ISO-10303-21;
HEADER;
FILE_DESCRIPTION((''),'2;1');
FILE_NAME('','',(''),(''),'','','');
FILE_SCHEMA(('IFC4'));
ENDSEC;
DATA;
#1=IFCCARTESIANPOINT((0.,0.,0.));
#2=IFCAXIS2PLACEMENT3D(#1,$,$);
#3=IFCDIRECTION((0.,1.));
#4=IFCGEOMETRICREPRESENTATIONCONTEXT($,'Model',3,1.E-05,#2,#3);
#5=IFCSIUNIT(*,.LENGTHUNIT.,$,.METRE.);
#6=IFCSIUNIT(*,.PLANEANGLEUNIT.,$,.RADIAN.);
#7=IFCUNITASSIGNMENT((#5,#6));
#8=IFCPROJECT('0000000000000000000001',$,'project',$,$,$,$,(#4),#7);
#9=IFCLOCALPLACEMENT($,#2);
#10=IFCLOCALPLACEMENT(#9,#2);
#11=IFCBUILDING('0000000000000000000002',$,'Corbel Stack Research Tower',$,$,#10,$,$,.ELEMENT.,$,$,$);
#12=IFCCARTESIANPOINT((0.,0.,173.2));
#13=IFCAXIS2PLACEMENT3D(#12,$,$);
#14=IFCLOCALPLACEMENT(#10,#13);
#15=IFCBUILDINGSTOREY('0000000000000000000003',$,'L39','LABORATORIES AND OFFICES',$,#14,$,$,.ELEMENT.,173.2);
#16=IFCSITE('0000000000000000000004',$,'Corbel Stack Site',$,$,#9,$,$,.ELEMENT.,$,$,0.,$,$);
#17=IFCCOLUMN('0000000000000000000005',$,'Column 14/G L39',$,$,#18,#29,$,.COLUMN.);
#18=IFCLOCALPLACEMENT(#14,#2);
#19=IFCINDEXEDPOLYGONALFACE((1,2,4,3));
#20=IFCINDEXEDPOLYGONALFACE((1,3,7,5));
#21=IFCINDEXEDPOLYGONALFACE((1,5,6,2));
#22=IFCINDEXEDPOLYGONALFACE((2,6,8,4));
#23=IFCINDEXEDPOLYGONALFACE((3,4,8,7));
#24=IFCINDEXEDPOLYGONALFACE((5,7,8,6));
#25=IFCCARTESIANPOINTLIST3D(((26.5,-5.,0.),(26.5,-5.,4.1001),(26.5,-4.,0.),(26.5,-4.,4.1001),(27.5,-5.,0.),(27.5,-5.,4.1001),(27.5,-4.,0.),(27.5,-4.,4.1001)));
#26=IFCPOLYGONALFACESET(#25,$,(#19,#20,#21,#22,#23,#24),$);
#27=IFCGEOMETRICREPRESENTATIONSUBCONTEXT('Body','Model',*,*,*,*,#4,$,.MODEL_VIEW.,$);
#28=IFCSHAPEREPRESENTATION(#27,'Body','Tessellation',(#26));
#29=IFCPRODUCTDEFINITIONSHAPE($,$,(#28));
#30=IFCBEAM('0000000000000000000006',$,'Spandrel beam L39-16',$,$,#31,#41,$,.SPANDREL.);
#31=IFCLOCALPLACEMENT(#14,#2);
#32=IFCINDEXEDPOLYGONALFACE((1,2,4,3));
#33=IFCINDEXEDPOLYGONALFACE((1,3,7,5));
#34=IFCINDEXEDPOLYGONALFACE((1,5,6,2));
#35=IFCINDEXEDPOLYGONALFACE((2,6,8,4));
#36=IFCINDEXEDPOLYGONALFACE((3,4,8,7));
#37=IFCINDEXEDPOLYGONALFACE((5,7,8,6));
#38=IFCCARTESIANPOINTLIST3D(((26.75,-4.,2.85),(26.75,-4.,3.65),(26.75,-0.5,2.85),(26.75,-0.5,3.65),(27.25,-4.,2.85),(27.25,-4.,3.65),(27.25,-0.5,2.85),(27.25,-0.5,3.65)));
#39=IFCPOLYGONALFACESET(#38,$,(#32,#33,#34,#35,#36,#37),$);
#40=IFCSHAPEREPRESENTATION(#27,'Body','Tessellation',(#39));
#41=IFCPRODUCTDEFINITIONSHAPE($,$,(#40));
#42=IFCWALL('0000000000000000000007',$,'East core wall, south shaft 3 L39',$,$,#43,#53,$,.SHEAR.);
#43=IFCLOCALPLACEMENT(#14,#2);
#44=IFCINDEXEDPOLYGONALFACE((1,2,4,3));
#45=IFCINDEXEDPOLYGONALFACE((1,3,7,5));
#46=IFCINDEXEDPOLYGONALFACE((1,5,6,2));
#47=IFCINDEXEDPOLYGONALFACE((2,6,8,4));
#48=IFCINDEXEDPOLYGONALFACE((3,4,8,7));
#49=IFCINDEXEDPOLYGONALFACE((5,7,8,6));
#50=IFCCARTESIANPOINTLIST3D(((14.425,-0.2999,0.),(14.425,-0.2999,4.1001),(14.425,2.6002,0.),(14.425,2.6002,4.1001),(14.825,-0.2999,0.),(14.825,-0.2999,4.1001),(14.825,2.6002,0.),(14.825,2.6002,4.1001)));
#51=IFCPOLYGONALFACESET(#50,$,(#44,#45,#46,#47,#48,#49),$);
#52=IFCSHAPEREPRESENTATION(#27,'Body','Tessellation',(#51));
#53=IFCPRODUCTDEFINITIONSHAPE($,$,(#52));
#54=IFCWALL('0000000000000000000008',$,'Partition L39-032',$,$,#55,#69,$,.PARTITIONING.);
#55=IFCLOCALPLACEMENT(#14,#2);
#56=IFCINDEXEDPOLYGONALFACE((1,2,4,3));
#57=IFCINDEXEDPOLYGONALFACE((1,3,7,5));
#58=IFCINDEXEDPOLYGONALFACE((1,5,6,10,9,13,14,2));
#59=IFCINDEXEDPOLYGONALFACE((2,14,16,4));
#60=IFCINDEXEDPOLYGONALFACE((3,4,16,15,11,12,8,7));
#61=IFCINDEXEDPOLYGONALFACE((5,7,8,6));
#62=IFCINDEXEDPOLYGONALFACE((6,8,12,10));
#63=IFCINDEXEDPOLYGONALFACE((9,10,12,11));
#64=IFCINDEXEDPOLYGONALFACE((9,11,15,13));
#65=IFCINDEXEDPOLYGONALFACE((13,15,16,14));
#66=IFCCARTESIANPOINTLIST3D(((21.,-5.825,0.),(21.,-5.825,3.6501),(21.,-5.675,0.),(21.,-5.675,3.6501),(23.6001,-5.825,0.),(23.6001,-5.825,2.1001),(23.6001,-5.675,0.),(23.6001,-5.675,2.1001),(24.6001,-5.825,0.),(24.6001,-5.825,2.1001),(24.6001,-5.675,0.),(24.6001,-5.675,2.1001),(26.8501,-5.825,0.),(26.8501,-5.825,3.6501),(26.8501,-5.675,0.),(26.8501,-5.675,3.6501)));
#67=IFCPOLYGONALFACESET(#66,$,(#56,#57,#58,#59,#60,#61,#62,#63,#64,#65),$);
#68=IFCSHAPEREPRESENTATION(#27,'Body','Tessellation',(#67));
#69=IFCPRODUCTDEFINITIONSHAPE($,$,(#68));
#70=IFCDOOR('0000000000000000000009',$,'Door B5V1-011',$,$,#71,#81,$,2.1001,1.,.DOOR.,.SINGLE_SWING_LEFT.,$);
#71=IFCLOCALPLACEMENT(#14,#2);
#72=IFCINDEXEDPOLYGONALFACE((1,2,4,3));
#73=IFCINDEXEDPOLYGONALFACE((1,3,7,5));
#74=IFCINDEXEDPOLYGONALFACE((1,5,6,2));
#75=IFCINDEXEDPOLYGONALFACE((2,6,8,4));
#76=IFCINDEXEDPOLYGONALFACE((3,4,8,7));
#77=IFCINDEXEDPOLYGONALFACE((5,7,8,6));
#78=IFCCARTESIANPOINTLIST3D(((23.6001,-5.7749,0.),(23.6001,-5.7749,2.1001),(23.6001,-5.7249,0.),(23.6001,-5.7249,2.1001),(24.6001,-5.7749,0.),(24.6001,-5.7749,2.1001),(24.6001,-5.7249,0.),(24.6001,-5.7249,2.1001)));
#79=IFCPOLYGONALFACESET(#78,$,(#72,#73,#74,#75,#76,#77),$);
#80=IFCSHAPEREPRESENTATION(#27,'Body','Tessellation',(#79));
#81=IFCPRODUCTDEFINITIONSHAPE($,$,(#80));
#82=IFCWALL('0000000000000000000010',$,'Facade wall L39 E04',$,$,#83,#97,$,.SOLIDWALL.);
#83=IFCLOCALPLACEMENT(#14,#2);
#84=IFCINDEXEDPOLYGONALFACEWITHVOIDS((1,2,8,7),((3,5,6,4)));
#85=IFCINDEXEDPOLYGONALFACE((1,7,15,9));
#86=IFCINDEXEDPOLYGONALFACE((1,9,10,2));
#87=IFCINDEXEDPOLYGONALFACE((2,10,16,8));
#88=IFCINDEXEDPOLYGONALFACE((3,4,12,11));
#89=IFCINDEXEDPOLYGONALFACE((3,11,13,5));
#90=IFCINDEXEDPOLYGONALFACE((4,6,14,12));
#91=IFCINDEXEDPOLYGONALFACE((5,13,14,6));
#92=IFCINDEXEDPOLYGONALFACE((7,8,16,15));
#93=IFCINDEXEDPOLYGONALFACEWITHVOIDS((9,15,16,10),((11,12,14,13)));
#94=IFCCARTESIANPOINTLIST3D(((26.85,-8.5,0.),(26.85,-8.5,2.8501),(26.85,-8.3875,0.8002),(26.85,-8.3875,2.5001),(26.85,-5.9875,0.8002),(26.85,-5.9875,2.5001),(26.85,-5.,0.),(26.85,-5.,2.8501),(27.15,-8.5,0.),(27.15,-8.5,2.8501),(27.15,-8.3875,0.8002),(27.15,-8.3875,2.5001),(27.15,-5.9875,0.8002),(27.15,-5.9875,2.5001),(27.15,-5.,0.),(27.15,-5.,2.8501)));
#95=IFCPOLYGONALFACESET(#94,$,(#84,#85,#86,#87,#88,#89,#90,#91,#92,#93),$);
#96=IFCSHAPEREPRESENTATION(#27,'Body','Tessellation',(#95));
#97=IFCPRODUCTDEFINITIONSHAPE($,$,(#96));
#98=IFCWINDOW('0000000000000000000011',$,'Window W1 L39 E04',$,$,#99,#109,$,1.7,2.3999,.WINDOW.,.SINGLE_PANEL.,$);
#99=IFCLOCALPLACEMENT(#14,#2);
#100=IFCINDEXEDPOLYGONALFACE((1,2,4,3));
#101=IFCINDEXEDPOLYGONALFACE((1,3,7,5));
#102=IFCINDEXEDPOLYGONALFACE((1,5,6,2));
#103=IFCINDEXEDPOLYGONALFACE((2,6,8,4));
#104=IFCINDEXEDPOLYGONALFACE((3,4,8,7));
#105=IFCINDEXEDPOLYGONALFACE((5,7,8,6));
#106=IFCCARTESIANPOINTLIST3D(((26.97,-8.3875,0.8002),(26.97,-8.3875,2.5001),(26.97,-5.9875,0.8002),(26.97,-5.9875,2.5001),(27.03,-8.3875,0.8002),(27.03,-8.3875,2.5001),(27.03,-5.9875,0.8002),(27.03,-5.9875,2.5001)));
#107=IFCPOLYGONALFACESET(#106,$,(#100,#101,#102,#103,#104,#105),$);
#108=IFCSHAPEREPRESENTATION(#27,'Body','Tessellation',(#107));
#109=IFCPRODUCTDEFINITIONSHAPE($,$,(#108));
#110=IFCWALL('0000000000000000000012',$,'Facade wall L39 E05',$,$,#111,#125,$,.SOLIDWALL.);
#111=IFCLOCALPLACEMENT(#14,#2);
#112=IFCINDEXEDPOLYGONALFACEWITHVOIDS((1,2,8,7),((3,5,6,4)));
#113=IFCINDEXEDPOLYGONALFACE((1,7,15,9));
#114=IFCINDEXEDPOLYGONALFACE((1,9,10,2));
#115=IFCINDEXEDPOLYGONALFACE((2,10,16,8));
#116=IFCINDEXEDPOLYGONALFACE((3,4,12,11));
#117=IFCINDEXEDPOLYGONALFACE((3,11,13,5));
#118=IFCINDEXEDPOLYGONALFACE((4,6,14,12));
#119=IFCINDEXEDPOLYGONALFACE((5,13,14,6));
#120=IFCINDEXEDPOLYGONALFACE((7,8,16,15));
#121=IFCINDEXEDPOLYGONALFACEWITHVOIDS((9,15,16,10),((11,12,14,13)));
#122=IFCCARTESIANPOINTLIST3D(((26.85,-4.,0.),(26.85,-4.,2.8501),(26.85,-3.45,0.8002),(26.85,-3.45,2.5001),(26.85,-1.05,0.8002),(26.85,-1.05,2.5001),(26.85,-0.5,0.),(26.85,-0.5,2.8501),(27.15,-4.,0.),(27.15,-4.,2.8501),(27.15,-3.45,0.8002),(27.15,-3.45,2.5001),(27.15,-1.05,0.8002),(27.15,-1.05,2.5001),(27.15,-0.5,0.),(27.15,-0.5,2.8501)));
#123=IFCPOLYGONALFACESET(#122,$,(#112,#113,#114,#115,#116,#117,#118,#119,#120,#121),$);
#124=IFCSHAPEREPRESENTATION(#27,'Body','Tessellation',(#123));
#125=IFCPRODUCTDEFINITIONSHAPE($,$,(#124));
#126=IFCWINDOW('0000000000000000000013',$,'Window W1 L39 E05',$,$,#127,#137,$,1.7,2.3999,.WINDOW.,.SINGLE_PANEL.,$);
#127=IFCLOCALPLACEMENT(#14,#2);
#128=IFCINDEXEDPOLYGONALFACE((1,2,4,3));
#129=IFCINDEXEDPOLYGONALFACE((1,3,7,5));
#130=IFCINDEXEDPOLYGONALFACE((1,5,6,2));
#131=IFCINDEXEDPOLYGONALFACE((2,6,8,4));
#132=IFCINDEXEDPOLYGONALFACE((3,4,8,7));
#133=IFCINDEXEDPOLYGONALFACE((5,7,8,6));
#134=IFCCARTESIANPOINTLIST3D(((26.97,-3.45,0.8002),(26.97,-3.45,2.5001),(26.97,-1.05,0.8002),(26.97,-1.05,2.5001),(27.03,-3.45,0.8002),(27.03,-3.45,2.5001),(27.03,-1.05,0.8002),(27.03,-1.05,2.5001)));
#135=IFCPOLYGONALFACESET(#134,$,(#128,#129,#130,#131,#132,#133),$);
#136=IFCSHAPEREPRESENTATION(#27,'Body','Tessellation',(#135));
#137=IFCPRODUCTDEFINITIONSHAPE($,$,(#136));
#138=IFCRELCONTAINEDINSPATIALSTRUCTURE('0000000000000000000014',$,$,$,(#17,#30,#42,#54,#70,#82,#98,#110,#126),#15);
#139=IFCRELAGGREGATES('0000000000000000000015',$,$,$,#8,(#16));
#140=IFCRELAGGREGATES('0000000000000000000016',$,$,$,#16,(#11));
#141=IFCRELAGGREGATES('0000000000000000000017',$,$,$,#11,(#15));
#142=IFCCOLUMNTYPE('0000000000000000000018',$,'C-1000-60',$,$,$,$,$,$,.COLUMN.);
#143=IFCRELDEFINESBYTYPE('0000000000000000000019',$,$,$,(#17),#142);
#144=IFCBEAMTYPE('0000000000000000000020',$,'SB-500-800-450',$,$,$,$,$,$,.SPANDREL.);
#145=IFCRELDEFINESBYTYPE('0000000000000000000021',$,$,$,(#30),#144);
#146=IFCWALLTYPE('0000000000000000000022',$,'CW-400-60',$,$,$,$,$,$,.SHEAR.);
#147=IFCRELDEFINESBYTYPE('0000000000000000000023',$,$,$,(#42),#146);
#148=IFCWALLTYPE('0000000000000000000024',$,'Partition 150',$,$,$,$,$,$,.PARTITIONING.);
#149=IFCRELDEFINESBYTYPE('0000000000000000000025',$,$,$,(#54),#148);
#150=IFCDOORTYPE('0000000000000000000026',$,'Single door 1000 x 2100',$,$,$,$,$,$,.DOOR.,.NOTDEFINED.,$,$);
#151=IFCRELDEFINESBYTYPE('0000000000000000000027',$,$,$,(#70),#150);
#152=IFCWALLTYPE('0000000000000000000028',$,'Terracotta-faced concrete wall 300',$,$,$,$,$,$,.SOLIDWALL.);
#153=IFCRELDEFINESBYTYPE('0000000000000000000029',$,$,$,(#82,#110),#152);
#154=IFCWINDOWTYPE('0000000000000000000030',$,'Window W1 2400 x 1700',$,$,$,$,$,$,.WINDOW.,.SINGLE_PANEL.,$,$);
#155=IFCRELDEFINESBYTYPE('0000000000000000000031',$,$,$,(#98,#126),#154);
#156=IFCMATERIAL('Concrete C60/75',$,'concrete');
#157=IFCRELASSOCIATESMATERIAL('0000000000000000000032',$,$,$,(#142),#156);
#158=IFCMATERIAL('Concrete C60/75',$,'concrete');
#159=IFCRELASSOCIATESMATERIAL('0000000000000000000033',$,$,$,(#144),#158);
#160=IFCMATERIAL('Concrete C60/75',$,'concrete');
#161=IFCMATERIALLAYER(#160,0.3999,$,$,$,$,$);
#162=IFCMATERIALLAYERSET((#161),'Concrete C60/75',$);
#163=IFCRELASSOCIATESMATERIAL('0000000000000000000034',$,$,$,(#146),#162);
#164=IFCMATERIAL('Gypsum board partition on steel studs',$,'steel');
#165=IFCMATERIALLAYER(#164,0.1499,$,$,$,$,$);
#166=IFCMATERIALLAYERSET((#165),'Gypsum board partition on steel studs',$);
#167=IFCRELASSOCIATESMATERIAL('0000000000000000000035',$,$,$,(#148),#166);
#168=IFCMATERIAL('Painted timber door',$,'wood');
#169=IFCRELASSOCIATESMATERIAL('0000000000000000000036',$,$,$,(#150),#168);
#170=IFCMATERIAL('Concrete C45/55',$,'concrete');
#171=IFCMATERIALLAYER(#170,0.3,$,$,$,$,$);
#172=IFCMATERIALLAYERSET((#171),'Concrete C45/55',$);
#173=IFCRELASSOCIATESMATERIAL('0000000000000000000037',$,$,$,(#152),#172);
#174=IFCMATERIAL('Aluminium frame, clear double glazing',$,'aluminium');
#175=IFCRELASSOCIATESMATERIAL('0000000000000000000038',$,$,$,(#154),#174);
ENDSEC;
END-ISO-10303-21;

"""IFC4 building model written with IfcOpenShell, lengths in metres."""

from ifc_helpers import new_model, si_unit, direction, frame, frame_2d, origin, origin_2d, place, context, subcontext, project, spatial, rectangle, extrude, material, layer, layer_set, material_profile, profile_set, type_object, element, fill, save


model = new_model("IFC4")

# Units and contexts
model_context = context("Model", 3, precision=1e-05, world=origin(), true_north=direction((0.0, 1.0)))
body_context = subcontext(model_context, "Body", "Model", "MODEL_VIEW")
ifc_project = project(units=[si_unit("LENGTHUNIT", "METRE"), si_unit("PLANEANGLEUNIT", "RADIAN")], contexts=[model_context])

# Site, building, storey
site_placement = place(None, origin())
site = spatial("IfcSite", under=ifc_project, at=site_placement, Name="Corbel Stack Site", CompositionType="ELEMENT", RefElevation=0.0)
building_placement = place(site_placement, origin())
building = spatial("IfcBuilding", under=site, at=building_placement, Name="Corbel Stack Research Tower", CompositionType="ELEMENT")
storey_placement = place(building_placement, frame((0.0, 0.0, 173.2)))
storey = spatial("IfcBuildingStorey", under=building, at=storey_placement, Name="L39", Description="LABORATORIES AND OFFICES", CompositionType="ELEMENT", Elevation=173.2)

# Column
ifc_material_1 = material(Name="Concrete C60/75", Category="concrete")
ifc_material_profile_1 = material_profile(ifc_material_1, rectangle(XDim=1.0, YDim=1.0, at=origin_2d()), Name="RC 1000 x 1000")
ifc_profile_set_1 = profile_set([ifc_material_profile_1], Name="Concrete C60/75")
column_type = type_object("IfcColumnType", Name="C-1000-60", PredefinedType="COLUMN", material=ifc_profile_set_1)
column_placement = place(storey_placement, frame((27.0, -4.5, 0.0), z_axis=(0.0, 0.0, 1.0), x_axis=(1.0, 0.0, 0.0)))
element("IfcColumn", 1, at=column_placement, inside=storey, type_object=column_type, Name="Column 14/G L39", PredefinedType="COLUMN", context=body_context, shape_type="SweptSolid", body=[
    extrude(rectangle(XDim=1.0, YDim=1.0, at=origin_2d()), origin(), (0.0, 0.0, 1.0), 4.1001),
])

# Beam
ifc_material_2 = material(Name="Concrete C60/75", Category="concrete")
ifc_material_profile_2 = material_profile(ifc_material_2, rectangle(XDim=0.5, YDim=0.8, at=origin_2d()), Name="RC 500 x 800")
ifc_profile_set_2 = profile_set([ifc_material_profile_2], Name="Concrete C60/75")
beam_type = type_object("IfcBeamType", Name="SB-500-800-450", PredefinedType="SPANDREL", material=ifc_profile_set_2)
beam_placement = place(storey_placement, frame((27.0, -4.0, 3.25), z_axis=(0.0, 1.0, 0.0), x_axis=(-1.0, 0.0, 0.0)))
element("IfcBeam", 2, at=beam_placement, inside=storey, type_object=beam_type, Name="Spandrel beam L39-16", PredefinedType="SPANDREL", context=body_context, shape_type="SweptSolid", body=[
    extrude(rectangle(XDim=0.5, YDim=0.8, at=origin_2d()), origin(), (0.0, 0.0, 1.0), 3.5),
])

# Wall
ifc_material_3 = material(Name="Concrete C60/75", Category="concrete")
ifc_layer_1 = layer(ifc_material_3, 0.3999)
ifc_layer_set_1 = layer_set([ifc_layer_1], Name="Concrete C60/75")
wall_type_1 = type_object("IfcWallType", Name="CW-400-60", PredefinedType="SHEAR", material=ifc_layer_set_1)
wall_1_placement = place(storey_placement, frame((14.625, -0.3, 0.0), z_axis=(0.0, 0.0, 1.0), x_axis=(0.0, 1.0, 0.0)))
element("IfcWall", 3, at=wall_1_placement, inside=storey, type_object=wall_type_1, Name="East core wall, south shaft 3 L39", PredefinedType="SHEAR", context=body_context, shape_type="SweptSolid", body=[
    extrude(rectangle(XDim=2.9001, YDim=0.3999, at=frame_2d((1.4502, 0.0))), origin(), (0.0, 0.0, 1.0), 4.1001),
])

# Wall, opening, door
ifc_material_4 = material(Name="Gypsum board partition on steel studs", Category="steel")
ifc_layer_2 = layer(ifc_material_4, 0.1499)
ifc_layer_set_2 = layer_set([ifc_layer_2], Name="Gypsum board partition on steel studs")
wall_type_2 = type_object("IfcWallType", Name="Partition 150", PredefinedType="PARTITIONING", material=ifc_layer_set_2)
wall_2_placement = place(storey_placement, frame((26.8501, -5.75, 0.0), z_axis=(0.0, 0.0, 1.0), x_axis=(-1.0, 0.0, 0.0)))
wall_2 = element("IfcWall", 4, at=wall_2_placement, inside=storey, type_object=wall_type_2, Name="Partition L39-032", PredefinedType="PARTITIONING", context=body_context, shape_type="SweptSolid", body=[
    extrude(rectangle(XDim=5.8501, YDim=0.1499, at=frame_2d((2.925, 0.0))), origin(), (0.0, 0.0, 1.0), 3.6501),
])
opening_1_placement = place(wall_2_placement, frame((2.25, 0.0, 0.0)))
opening_1 = element("IfcOpeningElement", 5, at=opening_1_placement, cuts=wall_2, PredefinedType="OPENING", context=body_context, shape_type="SweptSolid", body=[
    extrude(rectangle(XDim=1.0, YDim=2.1001, at=frame_2d((0.5, 1.05))), frame((0.0, 0.085, 0.0), z_axis=(0.0, -1.0, 0.0), x_axis=(1.0, 0.0, 0.0)), (0.0, 0.0, 1.0), 0.1699),
])
ifc_material_5 = material(Name="Painted timber door", Category="wood")
door_type = type_object("IfcDoorType", Name="Single door 1000 x 2100", OperationType="NOTDEFINED", PredefinedType="DOOR", material=ifc_material_5)
door_placement = place(opening_1_placement, origin())
door = element("IfcDoor", 6, at=door_placement, inside=storey, type_object=door_type, Name="Door B5V1-011", OperationType="SINGLE_SWING_LEFT", OverallHeight=2.1001, OverallWidth=1.0, PredefinedType="DOOR", context=body_context, shape_type="SweptSolid", body=[
    extrude(rectangle(XDim=1.0, YDim=2.1001, at=frame_2d((0.5, 1.05))), frame((0.0, 0.0249, 0.0), z_axis=(0.0, -1.0, 0.0), x_axis=(1.0, 0.0, 0.0)), (0.0, 0.0, 1.0), 0.05),
])
fill(opening_1, door)

# Walls, openings, windows
ifc_material_6 = material(Name="Concrete C45/55", Category="concrete")
ifc_layer_3 = layer(ifc_material_6, 0.3)
ifc_layer_set_3 = layer_set([ifc_layer_3], Name="Concrete C45/55")
wall_type_3 = type_object("IfcWallType", Name="Terracotta-faced concrete wall 300", PredefinedType="SOLIDWALL", material=ifc_layer_set_3)
wall_3_placement = place(storey_placement, frame((27.0, -5.0, 0.0), z_axis=(0.0, 0.0, 1.0), x_axis=(0.0, -1.0, 0.0)))
wall_3 = element("IfcWall", 7, at=wall_3_placement, inside=storey, type_object=wall_type_3, Name="Facade wall L39 E04", PredefinedType="SOLIDWALL", context=body_context, shape_type="SweptSolid", body=[
    extrude(rectangle(XDim=3.5, YDim=0.3, at=frame_2d((1.75, 0.0))), origin(), (0.0, 0.0, 1.0), 2.8501),
])
opening_2_placement = place(wall_3_placement, frame((0.9875, 0.0, 0.8)))
opening_2 = element("IfcOpeningElement", 8, at=opening_2_placement, cuts=wall_3, PredefinedType="OPENING", context=body_context, shape_type="SweptSolid", body=[
    extrude(rectangle(XDim=2.3999, YDim=1.7, at=frame_2d((1.2, 0.8501))), frame((0.0, 0.1599, 0.0), z_axis=(0.0, -1.0, 0.0), x_axis=(1.0, 0.0, 0.0)), (0.0, 0.0, 1.0), 0.3201),
])
ifc_material_7 = material(Name="Aluminium frame, clear double glazing", Category="aluminium")
window_type = type_object("IfcWindowType", Name="Window W1 2400 x 1700", PartitioningType="SINGLE_PANEL", PredefinedType="WINDOW", material=ifc_material_7)
window_1_placement = place(opening_2_placement, origin())
window_1 = element("IfcWindow", 9, at=window_1_placement, inside=storey, type_object=window_type, Name="Window W1 L39 E04", OverallHeight=1.7, OverallWidth=2.3999, PartitioningType="SINGLE_PANEL", PredefinedType="WINDOW", context=body_context, shape_type="SweptSolid", body=[
    extrude(rectangle(XDim=2.3999, YDim=1.7, at=frame_2d((1.2, 0.8501))), frame((0.0, 0.03, 0.0), z_axis=(0.0, -1.0, 0.0), x_axis=(1.0, 0.0, 0.0)), (0.0, 0.0, 1.0), 0.0601),
])
fill(opening_2, window_1)
wall_4_placement = place(storey_placement, frame((27.0, -0.5, 0.0), z_axis=(0.0, 0.0, 1.0), x_axis=(0.0, -1.0, 0.0)))
wall_4 = element("IfcWall", 10, at=wall_4_placement, inside=storey, type_object=wall_type_3, Name="Facade wall L39 E05", PredefinedType="SOLIDWALL", context=body_context, shape_type="SweptSolid", body=[
    extrude(rectangle(XDim=3.5, YDim=0.3, at=frame_2d((1.75, 0.0))), origin(), (0.0, 0.0, 1.0), 2.8501),
])
opening_3_placement = place(wall_4_placement, frame((0.55, 0.0, 0.8)))
opening_3 = element("IfcOpeningElement", 11, at=opening_3_placement, cuts=wall_4, PredefinedType="OPENING", context=body_context, shape_type="SweptSolid", body=[
    extrude(rectangle(XDim=2.3999, YDim=1.7, at=frame_2d((1.2, 0.8501))), frame((0.0, 0.1599, 0.0), z_axis=(0.0, -1.0, 0.0), x_axis=(1.0, 0.0, 0.0)), (0.0, 0.0, 1.0), 0.3201),
])
window_2_placement = place(opening_3_placement, origin())
window_2 = element("IfcWindow", 12, at=window_2_placement, inside=storey, type_object=window_type, Name="Window W1 L39 E05", OverallHeight=1.7, OverallWidth=2.3999, PartitioningType="SINGLE_PANEL", PredefinedType="WINDOW", context=body_context, shape_type="SweptSolid", body=[
    extrude(rectangle(XDim=2.3999, YDim=1.7, at=frame_2d((1.2, 0.8501))), frame((0.0, 0.03, 0.0), z_axis=(0.0, -1.0, 0.0), x_axis=(1.0, 0.0, 0.0)), (0.0, 0.0, 1.0), 0.0601),
])
fill(opening_3, window_2)

save(model, "model.ifc")
